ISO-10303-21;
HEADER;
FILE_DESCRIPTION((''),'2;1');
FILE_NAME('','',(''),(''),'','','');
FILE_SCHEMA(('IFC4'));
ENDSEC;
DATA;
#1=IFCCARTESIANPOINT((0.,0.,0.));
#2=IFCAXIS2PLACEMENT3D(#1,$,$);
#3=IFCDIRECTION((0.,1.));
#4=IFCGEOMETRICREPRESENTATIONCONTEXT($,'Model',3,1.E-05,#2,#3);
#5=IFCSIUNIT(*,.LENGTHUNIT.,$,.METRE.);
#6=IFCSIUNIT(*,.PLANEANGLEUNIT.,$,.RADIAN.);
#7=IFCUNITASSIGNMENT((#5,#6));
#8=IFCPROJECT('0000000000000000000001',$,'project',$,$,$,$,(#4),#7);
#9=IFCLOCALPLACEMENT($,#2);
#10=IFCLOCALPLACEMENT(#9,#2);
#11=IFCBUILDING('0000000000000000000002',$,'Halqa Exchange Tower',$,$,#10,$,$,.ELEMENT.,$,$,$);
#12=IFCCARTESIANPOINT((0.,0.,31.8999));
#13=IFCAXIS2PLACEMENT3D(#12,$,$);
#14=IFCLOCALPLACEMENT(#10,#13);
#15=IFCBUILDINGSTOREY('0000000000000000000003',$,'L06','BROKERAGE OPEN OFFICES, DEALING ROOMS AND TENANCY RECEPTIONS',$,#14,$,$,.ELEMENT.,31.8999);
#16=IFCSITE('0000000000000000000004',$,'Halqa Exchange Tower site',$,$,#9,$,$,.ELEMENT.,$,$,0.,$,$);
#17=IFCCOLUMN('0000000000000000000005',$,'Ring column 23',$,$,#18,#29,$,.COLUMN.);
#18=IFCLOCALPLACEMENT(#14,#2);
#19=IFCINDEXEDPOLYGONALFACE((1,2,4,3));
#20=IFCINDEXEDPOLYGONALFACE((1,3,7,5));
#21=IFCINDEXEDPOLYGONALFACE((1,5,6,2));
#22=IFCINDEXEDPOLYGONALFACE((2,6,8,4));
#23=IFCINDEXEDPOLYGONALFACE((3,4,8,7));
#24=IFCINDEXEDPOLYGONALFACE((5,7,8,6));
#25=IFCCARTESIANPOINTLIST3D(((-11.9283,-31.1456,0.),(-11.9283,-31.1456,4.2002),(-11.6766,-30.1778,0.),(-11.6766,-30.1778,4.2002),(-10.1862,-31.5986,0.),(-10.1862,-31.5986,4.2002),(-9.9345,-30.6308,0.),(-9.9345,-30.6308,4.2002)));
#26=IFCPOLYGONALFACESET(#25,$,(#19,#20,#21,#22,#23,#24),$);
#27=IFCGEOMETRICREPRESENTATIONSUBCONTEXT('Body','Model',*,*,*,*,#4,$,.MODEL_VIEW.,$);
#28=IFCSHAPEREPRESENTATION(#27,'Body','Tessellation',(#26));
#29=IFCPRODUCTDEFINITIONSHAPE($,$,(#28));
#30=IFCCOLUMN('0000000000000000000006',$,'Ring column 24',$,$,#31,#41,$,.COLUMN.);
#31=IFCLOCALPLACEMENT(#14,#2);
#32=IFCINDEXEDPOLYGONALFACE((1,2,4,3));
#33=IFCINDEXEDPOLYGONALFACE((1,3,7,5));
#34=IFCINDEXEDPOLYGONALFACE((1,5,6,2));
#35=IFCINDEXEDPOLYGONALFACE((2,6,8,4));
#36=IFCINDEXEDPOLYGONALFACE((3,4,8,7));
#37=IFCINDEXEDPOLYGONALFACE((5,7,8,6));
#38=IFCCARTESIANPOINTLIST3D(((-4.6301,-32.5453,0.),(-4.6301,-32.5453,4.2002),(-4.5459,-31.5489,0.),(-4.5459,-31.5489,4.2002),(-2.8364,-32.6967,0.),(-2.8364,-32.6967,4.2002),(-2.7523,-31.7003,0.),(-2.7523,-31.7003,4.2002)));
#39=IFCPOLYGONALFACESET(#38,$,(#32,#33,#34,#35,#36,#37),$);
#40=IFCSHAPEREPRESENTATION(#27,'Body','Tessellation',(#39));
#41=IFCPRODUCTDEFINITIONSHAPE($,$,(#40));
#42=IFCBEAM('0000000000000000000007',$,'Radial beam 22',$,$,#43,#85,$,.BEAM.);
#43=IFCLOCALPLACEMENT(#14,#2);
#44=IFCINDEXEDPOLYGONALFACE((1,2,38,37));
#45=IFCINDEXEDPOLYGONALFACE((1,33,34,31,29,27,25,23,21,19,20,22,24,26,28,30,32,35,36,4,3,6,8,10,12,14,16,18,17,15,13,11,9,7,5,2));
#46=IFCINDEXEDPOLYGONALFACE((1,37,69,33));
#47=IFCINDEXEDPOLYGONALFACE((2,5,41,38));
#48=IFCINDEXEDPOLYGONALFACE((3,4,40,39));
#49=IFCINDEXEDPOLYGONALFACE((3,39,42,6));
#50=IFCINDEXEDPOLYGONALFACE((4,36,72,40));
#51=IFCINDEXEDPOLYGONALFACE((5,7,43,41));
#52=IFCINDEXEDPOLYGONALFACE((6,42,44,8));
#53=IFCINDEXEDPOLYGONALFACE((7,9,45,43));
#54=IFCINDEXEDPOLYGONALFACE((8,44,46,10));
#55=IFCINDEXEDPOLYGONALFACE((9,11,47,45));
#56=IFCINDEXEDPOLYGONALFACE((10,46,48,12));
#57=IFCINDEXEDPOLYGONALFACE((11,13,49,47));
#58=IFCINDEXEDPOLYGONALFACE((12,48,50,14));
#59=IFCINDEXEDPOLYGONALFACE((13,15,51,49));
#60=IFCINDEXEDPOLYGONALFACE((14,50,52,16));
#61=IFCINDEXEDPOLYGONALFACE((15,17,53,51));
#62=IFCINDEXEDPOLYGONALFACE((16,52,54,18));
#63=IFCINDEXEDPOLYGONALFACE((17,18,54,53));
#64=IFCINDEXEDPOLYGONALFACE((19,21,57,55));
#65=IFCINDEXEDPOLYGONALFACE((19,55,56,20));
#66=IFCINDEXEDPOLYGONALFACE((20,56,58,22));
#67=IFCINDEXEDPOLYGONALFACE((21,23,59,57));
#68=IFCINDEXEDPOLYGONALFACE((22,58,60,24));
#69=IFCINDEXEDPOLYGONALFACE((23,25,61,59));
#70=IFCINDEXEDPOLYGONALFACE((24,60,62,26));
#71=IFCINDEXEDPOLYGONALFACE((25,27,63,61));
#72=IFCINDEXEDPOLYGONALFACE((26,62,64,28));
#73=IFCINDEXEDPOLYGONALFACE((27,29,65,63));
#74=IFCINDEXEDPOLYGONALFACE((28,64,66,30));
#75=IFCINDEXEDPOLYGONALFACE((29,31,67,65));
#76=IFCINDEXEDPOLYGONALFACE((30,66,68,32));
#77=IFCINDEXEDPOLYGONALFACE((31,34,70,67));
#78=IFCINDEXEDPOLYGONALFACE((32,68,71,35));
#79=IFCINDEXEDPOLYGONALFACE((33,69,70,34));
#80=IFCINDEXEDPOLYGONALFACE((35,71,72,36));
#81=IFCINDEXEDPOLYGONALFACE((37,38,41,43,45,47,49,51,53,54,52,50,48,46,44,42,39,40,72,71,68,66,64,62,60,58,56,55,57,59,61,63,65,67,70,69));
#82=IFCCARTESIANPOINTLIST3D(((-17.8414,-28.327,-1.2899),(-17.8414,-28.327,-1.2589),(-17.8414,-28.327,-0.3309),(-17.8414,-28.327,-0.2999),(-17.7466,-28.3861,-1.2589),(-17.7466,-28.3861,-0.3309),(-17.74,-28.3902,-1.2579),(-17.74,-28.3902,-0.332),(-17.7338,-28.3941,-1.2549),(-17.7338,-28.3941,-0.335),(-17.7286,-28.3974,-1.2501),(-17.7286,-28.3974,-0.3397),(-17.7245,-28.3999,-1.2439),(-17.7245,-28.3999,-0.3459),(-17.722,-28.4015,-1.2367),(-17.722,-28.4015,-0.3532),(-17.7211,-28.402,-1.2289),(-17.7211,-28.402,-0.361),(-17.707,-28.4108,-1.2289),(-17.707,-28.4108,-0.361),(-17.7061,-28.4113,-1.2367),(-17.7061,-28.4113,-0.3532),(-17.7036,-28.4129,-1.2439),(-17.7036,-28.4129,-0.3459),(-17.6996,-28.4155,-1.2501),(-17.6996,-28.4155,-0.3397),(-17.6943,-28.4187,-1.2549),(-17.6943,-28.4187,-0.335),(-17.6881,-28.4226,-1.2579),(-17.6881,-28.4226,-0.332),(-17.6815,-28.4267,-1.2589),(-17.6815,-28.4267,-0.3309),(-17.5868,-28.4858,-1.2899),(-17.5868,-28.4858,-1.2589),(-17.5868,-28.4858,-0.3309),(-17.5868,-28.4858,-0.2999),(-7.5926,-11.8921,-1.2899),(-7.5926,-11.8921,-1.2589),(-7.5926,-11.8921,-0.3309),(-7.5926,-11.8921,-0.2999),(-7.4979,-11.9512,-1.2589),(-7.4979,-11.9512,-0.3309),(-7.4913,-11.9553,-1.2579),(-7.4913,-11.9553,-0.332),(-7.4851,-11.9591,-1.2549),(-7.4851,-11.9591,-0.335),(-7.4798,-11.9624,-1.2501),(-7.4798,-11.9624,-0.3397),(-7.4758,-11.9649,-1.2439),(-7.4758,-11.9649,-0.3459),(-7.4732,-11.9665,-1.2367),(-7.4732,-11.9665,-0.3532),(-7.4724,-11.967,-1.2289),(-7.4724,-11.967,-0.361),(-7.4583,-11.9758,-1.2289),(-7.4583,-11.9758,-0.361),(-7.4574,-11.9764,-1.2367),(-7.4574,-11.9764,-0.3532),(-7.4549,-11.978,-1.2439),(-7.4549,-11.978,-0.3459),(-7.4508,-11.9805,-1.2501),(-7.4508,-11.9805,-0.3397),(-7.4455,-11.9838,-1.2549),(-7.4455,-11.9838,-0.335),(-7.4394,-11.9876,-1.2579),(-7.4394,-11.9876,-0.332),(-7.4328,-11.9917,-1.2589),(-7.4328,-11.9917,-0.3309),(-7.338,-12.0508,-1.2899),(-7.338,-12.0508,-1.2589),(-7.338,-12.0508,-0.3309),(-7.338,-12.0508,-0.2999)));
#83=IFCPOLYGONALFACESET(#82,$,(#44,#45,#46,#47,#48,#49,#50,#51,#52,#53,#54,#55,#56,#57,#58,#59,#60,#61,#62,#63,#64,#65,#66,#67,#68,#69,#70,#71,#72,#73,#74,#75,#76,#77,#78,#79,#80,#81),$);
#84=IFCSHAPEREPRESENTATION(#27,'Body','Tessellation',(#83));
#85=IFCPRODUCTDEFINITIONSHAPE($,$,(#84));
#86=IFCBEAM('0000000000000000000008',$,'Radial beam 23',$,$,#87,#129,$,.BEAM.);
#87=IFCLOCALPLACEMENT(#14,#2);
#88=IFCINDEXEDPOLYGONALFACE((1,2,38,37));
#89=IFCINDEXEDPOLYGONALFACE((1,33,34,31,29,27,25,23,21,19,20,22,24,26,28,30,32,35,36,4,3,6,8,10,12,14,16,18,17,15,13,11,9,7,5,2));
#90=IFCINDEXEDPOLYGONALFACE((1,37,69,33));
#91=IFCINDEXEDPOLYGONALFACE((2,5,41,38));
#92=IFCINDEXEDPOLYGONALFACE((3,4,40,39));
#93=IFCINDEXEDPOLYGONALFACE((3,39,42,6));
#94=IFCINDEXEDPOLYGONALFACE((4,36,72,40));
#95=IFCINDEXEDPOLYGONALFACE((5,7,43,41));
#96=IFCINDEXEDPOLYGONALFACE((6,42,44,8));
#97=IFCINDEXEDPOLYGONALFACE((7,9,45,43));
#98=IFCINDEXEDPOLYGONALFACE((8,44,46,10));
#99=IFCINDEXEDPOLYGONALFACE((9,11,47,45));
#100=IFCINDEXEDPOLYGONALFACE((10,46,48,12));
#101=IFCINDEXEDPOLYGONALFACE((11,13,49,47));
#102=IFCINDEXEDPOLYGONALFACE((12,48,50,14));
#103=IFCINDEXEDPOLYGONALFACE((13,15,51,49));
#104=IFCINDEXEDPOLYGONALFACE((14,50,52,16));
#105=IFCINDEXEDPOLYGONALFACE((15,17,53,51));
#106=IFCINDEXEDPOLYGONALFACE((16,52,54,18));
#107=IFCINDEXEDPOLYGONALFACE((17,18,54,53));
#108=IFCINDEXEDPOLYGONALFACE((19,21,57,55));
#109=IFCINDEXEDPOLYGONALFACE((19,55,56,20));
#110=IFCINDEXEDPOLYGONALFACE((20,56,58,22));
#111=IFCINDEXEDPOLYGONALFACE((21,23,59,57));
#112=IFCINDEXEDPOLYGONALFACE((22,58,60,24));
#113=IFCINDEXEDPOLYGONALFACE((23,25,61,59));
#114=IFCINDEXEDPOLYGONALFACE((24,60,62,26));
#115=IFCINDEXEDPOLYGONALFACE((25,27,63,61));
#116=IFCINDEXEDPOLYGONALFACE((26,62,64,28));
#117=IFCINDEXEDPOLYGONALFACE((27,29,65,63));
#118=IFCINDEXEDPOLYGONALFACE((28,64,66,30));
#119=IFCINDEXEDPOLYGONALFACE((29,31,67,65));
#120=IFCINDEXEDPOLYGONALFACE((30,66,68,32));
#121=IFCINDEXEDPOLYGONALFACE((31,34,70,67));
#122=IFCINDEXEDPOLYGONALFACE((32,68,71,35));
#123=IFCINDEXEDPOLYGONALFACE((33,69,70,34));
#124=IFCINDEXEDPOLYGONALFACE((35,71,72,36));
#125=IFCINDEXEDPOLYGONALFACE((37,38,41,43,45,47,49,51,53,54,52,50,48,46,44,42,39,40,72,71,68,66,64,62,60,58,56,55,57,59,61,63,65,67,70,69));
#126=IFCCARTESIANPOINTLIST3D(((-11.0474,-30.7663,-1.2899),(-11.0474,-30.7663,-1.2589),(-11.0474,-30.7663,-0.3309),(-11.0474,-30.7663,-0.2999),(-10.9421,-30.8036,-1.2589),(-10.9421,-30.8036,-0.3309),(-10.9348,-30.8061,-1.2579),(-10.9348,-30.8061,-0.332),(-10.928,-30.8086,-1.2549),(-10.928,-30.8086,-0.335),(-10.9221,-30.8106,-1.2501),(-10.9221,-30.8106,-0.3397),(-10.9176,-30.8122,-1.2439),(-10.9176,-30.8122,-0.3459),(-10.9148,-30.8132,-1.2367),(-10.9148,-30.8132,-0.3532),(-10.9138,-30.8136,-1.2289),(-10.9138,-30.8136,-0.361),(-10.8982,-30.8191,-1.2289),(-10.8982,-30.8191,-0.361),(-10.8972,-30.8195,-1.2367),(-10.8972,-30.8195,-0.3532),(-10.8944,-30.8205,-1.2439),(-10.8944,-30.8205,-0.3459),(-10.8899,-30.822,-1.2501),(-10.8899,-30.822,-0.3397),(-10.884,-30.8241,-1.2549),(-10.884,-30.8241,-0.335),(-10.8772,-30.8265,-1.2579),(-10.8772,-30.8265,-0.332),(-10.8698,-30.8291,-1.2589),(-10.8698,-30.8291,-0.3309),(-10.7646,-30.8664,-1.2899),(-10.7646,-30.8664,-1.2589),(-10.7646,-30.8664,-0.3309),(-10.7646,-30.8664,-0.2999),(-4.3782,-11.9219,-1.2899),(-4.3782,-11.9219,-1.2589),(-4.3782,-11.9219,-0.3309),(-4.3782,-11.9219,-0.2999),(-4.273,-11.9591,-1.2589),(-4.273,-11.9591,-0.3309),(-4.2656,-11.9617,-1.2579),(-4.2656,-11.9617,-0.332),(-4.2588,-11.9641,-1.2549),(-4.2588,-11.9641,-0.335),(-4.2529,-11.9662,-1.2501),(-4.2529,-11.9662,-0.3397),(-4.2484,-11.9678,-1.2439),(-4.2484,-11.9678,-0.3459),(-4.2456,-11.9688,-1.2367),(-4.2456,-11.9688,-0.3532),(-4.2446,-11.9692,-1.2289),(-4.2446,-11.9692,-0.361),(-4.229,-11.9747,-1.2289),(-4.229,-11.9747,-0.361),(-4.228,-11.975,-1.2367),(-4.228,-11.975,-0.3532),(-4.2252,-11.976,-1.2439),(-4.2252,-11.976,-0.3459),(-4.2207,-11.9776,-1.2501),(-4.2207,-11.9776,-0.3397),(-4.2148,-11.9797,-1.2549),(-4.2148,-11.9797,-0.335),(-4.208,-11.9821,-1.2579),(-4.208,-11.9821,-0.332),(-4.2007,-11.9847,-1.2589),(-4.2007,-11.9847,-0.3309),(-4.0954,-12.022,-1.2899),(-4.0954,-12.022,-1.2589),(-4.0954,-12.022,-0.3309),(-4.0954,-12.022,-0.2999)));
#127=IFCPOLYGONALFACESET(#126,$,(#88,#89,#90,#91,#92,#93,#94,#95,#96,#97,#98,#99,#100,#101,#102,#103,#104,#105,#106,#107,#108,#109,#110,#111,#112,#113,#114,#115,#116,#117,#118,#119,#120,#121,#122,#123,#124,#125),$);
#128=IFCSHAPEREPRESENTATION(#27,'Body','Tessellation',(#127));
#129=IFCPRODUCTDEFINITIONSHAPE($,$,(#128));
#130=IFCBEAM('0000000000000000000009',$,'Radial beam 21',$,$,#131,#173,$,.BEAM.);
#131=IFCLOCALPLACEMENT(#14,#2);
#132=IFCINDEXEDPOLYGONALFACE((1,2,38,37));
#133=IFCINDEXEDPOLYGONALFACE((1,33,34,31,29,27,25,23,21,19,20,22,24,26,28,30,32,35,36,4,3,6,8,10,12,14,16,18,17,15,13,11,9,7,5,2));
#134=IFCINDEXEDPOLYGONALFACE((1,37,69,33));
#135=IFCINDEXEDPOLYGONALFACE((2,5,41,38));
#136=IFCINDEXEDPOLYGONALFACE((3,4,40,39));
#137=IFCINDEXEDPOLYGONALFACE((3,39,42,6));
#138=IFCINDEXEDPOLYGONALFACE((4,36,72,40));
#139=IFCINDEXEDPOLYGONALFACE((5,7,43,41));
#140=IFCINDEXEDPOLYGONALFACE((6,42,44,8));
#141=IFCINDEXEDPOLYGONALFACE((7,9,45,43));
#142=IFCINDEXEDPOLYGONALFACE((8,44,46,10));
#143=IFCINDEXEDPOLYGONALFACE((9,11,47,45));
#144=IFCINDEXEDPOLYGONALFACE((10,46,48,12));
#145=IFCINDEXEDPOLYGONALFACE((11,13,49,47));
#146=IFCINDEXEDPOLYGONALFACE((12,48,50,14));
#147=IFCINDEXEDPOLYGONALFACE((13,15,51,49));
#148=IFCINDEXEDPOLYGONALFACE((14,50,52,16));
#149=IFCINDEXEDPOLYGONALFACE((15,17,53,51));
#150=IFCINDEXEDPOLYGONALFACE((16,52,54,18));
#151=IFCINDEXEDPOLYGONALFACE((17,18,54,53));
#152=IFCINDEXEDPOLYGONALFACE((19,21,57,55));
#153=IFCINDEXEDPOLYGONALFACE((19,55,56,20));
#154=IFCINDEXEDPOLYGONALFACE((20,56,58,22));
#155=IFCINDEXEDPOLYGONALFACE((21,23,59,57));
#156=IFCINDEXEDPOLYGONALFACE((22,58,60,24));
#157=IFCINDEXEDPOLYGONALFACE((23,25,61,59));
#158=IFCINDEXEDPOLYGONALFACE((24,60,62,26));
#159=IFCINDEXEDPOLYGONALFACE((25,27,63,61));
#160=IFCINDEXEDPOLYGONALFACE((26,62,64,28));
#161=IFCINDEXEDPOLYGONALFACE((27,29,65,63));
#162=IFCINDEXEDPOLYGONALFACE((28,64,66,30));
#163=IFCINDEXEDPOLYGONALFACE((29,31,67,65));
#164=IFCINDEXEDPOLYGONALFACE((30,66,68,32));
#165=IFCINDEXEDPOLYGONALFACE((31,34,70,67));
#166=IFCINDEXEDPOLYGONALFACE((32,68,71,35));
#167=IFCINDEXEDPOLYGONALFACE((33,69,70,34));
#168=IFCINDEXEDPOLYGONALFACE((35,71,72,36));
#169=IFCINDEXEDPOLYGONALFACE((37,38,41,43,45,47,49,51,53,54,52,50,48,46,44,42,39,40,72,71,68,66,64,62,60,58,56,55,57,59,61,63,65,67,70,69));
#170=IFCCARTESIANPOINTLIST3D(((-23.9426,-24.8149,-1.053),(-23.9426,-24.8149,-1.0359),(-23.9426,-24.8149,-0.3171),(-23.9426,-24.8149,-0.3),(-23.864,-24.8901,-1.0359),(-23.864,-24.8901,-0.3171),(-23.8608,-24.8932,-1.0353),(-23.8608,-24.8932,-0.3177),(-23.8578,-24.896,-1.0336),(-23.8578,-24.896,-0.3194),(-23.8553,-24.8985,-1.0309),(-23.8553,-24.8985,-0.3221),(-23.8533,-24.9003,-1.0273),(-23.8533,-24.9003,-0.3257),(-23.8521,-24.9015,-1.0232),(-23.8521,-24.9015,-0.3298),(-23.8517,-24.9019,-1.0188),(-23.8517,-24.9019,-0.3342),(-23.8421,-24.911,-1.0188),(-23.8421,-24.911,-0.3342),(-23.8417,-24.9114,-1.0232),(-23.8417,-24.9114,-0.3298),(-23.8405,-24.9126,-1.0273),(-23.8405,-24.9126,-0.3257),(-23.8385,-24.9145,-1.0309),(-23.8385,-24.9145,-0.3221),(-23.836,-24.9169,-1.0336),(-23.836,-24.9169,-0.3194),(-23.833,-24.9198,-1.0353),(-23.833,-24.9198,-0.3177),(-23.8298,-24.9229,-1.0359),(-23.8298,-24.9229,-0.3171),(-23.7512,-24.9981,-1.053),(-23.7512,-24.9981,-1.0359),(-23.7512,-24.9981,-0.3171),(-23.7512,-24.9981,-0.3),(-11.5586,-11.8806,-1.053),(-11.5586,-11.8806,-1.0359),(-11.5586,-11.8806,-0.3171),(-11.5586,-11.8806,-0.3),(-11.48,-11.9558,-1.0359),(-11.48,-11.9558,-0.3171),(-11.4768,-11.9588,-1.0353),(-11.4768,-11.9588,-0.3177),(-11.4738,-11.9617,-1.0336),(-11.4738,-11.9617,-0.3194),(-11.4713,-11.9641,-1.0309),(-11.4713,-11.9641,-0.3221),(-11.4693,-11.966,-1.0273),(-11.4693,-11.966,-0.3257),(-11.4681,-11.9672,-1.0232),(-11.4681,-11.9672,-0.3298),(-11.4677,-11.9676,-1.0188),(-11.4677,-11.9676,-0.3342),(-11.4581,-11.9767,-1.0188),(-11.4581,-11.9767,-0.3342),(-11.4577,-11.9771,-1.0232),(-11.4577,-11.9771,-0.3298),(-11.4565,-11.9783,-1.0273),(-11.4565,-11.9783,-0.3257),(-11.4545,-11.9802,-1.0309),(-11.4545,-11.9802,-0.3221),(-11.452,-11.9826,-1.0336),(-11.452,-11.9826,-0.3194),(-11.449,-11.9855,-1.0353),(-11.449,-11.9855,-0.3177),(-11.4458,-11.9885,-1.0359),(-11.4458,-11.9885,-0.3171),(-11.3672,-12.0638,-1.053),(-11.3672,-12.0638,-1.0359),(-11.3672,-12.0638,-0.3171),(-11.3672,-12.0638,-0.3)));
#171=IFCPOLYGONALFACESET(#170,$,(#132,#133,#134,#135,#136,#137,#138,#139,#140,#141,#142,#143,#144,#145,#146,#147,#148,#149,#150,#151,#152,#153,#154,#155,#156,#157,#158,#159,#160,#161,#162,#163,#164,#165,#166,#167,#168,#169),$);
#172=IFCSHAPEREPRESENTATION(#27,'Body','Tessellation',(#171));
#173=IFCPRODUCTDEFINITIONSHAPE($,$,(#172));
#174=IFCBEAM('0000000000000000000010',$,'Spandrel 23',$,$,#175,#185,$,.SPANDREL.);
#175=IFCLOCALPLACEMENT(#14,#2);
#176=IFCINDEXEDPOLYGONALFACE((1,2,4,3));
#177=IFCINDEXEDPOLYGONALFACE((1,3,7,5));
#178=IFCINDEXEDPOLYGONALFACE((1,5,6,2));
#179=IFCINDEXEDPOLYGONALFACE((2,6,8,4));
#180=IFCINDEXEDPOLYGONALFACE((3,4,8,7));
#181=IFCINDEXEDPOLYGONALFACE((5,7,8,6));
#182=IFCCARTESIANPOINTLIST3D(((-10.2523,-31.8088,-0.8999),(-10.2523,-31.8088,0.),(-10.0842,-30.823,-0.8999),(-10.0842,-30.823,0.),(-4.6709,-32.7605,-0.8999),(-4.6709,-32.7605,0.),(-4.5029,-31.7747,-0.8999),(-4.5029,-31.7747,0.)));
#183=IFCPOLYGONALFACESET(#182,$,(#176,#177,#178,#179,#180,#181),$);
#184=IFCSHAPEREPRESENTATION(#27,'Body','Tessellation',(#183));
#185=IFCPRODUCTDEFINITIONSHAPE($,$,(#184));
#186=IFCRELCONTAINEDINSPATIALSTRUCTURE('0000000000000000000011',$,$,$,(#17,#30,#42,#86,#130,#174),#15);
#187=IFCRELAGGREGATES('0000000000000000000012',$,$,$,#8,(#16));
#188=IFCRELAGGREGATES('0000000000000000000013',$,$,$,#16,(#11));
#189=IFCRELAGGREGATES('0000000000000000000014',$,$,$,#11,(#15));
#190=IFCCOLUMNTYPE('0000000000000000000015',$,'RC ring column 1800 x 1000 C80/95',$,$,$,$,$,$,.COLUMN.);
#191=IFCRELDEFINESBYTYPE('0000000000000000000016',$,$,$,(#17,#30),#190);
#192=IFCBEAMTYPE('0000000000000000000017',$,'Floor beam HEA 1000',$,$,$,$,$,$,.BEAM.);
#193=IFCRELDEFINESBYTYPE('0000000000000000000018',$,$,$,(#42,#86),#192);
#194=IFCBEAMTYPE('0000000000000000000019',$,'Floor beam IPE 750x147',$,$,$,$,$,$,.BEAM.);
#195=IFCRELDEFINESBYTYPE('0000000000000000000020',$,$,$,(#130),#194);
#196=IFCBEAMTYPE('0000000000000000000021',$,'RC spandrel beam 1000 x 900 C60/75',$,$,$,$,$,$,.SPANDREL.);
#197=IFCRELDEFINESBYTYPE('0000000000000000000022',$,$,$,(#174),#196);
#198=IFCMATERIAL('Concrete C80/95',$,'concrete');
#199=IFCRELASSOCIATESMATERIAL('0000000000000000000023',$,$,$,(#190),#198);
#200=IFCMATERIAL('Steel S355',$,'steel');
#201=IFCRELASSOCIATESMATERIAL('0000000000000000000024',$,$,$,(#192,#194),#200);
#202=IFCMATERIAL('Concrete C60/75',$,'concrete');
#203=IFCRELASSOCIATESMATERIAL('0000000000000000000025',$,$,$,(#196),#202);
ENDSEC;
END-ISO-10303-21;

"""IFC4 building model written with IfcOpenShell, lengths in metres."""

from ifc_helpers import new_model, si_unit, direction, frame, origin, origin_2d, place, context, subcontext, project, spatial, rectangle, i_section, extrude, material, material_profile, profile_set, type_object, element, save


model = new_model("IFC4")

# Units and contexts
model_context = context("Model", 3, precision=1e-05, world=origin(), true_north=direction((0.0, 1.0)))
body_context = subcontext(model_context, "Body", "Model", "MODEL_VIEW")
ifc_project = project(units=[si_unit("LENGTHUNIT", "METRE"), si_unit("PLANEANGLEUNIT", "RADIAN")], contexts=[model_context])

# Site, building, storey
site_placement = place(None, origin())
site = spatial("IfcSite", under=ifc_project, at=site_placement, Name="Halqa Exchange Tower site", CompositionType="ELEMENT", RefElevation=0.0)
building_placement = place(site_placement, origin())
building = spatial("IfcBuilding", under=site, at=building_placement, Name="Halqa Exchange Tower", CompositionType="ELEMENT")
storey_placement = place(building_placement, frame((0.0, 0.0, 31.8999)))
storey = spatial("IfcBuildingStorey", under=building, at=storey_placement, Name="L06", Description="BROKERAGE OPEN OFFICES, DEALING ROOMS AND TENANCY RECEPTIONS", CompositionType="ELEMENT", Elevation=31.8999)

# Columns
ifc_material_1 = material(Name="Concrete C80/95", Category="concrete")
ifc_material_profile_1 = material_profile(ifc_material_1, rectangle(XDim=1.8, YDim=1.0, at=origin_2d()), Name="1800 x 1000")
ifc_profile_set_1 = profile_set([ifc_material_profile_1], Name="Concrete C80/95")
column_type = type_object("IfcColumnType", Name="RC ring column 1800 x 1000 C80/95", PredefinedType="COLUMN", material=ifc_profile_set_1)
for number, where, z_axis, x_axis, name in (
    (1, (-10.9314, -30.8882, 0.0), (0.0, 0.0, 1.0), (0.967819, -0.251647, 0.0), "Ring column 23"),
    (2, (-3.6912, -32.1228, 0.0), (0.0, 0.0, 1.0), (0.996455, -0.084125, 0.0), "Ring column 24"),
):
    element("IfcColumn", number, at=place(storey_placement, frame(where, z_axis=z_axis, x_axis=x_axis)), inside=storey, type_object=column_type, Name=name, PredefinedType="COLUMN", context=body_context, shape_type="SweptSolid", body=[
        extrude(rectangle(XDim=1.8, YDim=1.0, at=origin_2d()), origin(), (0.0, 0.0, 1.0), 4.2002),
    ])

# Beams
ifc_material_2 = material(Name="Steel S355", Category="steel")
ifc_material_profile_2 = material_profile(ifc_material_2, i_section(OverallWidth=0.3, OverallDepth=0.99, WebThickness=0.0166, FlangeThickness=0.031, FilletRadius=0.03, at=origin_2d()), Name="HEA 1000")
ifc_profile_set_2 = profile_set([ifc_material_profile_2], Name="Steel S355")
beam_type_1 = type_object("IfcBeamType", Name="Floor beam HEA 1000", PredefinedType="BEAM", material=ifc_profile_set_2)
beam_1_placement = place(storey_placement, frame((-7.4653, -11.9714, -0.7949), z_axis=(-0.52914, -0.848535, 0.0), x_axis=(0.848535, -0.52914, 0.0)))
element("IfcBeam", 3, at=beam_1_placement, inside=storey, type_object=beam_type_1, Name="Radial beam 22", PredefinedType="BEAM", context=body_context, shape_type="SweptSolid", body=[
    extrude(i_section(OverallWidth=0.3, OverallDepth=0.99, WebThickness=0.0166, FlangeThickness=0.031, FilletRadius=0.03, at=origin_2d()), origin(), (0.0, 0.0, 1.0), 19.3687),
])
beam_2_placement = place(storey_placement, frame((-4.2368, -11.9719, -0.7949), z_axis=(-0.333629, -0.942704, 0.0), x_axis=(0.942704, -0.333629, 0.0)))
element("IfcBeam", 4, at=beam_2_placement, inside=storey, type_object=beam_type_1, Name="Radial beam 23", PredefinedType="BEAM", context=body_context, shape_type="SweptSolid", body=[
    extrude(i_section(OverallWidth=0.3, OverallDepth=0.99, WebThickness=0.0166, FlangeThickness=0.031, FilletRadius=0.03, at=origin_2d()), origin(), (0.0, 0.0, 1.0), 19.9897),
])
ifc_material_profile_3 = material_profile(ifc_material_2, i_section(OverallWidth=0.2649, OverallDepth=0.7529, WebThickness=0.0132, FlangeThickness=0.0171, FilletRadius=0.0171, at=origin_2d()), Name="IPE 750x147")
ifc_profile_set_3 = profile_set([ifc_material_profile_3], Name="Steel S355")
beam_type_2 = type_object("IfcBeamType", Name="Floor beam IPE 750x147", PredefinedType="BEAM", material=ifc_profile_set_3)
beam_3_placement = place(storey_placement, frame((-11.4629, -11.9722, -0.6765), z_axis=(-0.691575, -0.722305, 0.0), x_axis=(0.722305, -0.691575, 0.0)))
element("IfcBeam", 5, at=beam_3_placement, inside=storey, type_object=beam_type_2, Name="Radial beam 21", PredefinedType="BEAM", context=body_context, shape_type="SweptSolid", body=[
    extrude(i_section(OverallWidth=0.2649, OverallDepth=0.7529, WebThickness=0.0132, FlangeThickness=0.0171, FilletRadius=0.0171, at=origin_2d()), origin(), (0.0, 0.0, 1.0), 17.907),
])
ifc_material_3 = material(Name="Concrete C60/75", Category="concrete")
ifc_material_profile_4 = material_profile(ifc_material_3, rectangle(XDim=1.0, YDim=0.8999, at=origin_2d()), Name="1000 x 900")
ifc_profile_set_4 = profile_set([ifc_material_profile_4], Name="Concrete C60/75")
beam_type_3 = type_object("IfcBeamType", Name="RC spandrel beam 1000 x 900 C60/75", PredefinedType="SPANDREL", material=ifc_profile_set_4)
beam_4_placement = place(storey_placement, frame((-10.1682, -31.3159, -0.45), z_axis=(0.985773, -0.168083, 0.0), x_axis=(0.168083, 0.985773, 0.0)))
element("IfcBeam", 6, at=beam_4_placement, inside=storey, type_object=beam_type_3, Name="Spandrel 23", PredefinedType="SPANDREL", context=body_context, shape_type="SweptSolid", body=[
    extrude(rectangle(XDim=1.0, YDim=0.8999, at=origin_2d()), origin(), (0.0, 0.0, 1.0), 5.6619),
])

save(model, "model.ifc")
